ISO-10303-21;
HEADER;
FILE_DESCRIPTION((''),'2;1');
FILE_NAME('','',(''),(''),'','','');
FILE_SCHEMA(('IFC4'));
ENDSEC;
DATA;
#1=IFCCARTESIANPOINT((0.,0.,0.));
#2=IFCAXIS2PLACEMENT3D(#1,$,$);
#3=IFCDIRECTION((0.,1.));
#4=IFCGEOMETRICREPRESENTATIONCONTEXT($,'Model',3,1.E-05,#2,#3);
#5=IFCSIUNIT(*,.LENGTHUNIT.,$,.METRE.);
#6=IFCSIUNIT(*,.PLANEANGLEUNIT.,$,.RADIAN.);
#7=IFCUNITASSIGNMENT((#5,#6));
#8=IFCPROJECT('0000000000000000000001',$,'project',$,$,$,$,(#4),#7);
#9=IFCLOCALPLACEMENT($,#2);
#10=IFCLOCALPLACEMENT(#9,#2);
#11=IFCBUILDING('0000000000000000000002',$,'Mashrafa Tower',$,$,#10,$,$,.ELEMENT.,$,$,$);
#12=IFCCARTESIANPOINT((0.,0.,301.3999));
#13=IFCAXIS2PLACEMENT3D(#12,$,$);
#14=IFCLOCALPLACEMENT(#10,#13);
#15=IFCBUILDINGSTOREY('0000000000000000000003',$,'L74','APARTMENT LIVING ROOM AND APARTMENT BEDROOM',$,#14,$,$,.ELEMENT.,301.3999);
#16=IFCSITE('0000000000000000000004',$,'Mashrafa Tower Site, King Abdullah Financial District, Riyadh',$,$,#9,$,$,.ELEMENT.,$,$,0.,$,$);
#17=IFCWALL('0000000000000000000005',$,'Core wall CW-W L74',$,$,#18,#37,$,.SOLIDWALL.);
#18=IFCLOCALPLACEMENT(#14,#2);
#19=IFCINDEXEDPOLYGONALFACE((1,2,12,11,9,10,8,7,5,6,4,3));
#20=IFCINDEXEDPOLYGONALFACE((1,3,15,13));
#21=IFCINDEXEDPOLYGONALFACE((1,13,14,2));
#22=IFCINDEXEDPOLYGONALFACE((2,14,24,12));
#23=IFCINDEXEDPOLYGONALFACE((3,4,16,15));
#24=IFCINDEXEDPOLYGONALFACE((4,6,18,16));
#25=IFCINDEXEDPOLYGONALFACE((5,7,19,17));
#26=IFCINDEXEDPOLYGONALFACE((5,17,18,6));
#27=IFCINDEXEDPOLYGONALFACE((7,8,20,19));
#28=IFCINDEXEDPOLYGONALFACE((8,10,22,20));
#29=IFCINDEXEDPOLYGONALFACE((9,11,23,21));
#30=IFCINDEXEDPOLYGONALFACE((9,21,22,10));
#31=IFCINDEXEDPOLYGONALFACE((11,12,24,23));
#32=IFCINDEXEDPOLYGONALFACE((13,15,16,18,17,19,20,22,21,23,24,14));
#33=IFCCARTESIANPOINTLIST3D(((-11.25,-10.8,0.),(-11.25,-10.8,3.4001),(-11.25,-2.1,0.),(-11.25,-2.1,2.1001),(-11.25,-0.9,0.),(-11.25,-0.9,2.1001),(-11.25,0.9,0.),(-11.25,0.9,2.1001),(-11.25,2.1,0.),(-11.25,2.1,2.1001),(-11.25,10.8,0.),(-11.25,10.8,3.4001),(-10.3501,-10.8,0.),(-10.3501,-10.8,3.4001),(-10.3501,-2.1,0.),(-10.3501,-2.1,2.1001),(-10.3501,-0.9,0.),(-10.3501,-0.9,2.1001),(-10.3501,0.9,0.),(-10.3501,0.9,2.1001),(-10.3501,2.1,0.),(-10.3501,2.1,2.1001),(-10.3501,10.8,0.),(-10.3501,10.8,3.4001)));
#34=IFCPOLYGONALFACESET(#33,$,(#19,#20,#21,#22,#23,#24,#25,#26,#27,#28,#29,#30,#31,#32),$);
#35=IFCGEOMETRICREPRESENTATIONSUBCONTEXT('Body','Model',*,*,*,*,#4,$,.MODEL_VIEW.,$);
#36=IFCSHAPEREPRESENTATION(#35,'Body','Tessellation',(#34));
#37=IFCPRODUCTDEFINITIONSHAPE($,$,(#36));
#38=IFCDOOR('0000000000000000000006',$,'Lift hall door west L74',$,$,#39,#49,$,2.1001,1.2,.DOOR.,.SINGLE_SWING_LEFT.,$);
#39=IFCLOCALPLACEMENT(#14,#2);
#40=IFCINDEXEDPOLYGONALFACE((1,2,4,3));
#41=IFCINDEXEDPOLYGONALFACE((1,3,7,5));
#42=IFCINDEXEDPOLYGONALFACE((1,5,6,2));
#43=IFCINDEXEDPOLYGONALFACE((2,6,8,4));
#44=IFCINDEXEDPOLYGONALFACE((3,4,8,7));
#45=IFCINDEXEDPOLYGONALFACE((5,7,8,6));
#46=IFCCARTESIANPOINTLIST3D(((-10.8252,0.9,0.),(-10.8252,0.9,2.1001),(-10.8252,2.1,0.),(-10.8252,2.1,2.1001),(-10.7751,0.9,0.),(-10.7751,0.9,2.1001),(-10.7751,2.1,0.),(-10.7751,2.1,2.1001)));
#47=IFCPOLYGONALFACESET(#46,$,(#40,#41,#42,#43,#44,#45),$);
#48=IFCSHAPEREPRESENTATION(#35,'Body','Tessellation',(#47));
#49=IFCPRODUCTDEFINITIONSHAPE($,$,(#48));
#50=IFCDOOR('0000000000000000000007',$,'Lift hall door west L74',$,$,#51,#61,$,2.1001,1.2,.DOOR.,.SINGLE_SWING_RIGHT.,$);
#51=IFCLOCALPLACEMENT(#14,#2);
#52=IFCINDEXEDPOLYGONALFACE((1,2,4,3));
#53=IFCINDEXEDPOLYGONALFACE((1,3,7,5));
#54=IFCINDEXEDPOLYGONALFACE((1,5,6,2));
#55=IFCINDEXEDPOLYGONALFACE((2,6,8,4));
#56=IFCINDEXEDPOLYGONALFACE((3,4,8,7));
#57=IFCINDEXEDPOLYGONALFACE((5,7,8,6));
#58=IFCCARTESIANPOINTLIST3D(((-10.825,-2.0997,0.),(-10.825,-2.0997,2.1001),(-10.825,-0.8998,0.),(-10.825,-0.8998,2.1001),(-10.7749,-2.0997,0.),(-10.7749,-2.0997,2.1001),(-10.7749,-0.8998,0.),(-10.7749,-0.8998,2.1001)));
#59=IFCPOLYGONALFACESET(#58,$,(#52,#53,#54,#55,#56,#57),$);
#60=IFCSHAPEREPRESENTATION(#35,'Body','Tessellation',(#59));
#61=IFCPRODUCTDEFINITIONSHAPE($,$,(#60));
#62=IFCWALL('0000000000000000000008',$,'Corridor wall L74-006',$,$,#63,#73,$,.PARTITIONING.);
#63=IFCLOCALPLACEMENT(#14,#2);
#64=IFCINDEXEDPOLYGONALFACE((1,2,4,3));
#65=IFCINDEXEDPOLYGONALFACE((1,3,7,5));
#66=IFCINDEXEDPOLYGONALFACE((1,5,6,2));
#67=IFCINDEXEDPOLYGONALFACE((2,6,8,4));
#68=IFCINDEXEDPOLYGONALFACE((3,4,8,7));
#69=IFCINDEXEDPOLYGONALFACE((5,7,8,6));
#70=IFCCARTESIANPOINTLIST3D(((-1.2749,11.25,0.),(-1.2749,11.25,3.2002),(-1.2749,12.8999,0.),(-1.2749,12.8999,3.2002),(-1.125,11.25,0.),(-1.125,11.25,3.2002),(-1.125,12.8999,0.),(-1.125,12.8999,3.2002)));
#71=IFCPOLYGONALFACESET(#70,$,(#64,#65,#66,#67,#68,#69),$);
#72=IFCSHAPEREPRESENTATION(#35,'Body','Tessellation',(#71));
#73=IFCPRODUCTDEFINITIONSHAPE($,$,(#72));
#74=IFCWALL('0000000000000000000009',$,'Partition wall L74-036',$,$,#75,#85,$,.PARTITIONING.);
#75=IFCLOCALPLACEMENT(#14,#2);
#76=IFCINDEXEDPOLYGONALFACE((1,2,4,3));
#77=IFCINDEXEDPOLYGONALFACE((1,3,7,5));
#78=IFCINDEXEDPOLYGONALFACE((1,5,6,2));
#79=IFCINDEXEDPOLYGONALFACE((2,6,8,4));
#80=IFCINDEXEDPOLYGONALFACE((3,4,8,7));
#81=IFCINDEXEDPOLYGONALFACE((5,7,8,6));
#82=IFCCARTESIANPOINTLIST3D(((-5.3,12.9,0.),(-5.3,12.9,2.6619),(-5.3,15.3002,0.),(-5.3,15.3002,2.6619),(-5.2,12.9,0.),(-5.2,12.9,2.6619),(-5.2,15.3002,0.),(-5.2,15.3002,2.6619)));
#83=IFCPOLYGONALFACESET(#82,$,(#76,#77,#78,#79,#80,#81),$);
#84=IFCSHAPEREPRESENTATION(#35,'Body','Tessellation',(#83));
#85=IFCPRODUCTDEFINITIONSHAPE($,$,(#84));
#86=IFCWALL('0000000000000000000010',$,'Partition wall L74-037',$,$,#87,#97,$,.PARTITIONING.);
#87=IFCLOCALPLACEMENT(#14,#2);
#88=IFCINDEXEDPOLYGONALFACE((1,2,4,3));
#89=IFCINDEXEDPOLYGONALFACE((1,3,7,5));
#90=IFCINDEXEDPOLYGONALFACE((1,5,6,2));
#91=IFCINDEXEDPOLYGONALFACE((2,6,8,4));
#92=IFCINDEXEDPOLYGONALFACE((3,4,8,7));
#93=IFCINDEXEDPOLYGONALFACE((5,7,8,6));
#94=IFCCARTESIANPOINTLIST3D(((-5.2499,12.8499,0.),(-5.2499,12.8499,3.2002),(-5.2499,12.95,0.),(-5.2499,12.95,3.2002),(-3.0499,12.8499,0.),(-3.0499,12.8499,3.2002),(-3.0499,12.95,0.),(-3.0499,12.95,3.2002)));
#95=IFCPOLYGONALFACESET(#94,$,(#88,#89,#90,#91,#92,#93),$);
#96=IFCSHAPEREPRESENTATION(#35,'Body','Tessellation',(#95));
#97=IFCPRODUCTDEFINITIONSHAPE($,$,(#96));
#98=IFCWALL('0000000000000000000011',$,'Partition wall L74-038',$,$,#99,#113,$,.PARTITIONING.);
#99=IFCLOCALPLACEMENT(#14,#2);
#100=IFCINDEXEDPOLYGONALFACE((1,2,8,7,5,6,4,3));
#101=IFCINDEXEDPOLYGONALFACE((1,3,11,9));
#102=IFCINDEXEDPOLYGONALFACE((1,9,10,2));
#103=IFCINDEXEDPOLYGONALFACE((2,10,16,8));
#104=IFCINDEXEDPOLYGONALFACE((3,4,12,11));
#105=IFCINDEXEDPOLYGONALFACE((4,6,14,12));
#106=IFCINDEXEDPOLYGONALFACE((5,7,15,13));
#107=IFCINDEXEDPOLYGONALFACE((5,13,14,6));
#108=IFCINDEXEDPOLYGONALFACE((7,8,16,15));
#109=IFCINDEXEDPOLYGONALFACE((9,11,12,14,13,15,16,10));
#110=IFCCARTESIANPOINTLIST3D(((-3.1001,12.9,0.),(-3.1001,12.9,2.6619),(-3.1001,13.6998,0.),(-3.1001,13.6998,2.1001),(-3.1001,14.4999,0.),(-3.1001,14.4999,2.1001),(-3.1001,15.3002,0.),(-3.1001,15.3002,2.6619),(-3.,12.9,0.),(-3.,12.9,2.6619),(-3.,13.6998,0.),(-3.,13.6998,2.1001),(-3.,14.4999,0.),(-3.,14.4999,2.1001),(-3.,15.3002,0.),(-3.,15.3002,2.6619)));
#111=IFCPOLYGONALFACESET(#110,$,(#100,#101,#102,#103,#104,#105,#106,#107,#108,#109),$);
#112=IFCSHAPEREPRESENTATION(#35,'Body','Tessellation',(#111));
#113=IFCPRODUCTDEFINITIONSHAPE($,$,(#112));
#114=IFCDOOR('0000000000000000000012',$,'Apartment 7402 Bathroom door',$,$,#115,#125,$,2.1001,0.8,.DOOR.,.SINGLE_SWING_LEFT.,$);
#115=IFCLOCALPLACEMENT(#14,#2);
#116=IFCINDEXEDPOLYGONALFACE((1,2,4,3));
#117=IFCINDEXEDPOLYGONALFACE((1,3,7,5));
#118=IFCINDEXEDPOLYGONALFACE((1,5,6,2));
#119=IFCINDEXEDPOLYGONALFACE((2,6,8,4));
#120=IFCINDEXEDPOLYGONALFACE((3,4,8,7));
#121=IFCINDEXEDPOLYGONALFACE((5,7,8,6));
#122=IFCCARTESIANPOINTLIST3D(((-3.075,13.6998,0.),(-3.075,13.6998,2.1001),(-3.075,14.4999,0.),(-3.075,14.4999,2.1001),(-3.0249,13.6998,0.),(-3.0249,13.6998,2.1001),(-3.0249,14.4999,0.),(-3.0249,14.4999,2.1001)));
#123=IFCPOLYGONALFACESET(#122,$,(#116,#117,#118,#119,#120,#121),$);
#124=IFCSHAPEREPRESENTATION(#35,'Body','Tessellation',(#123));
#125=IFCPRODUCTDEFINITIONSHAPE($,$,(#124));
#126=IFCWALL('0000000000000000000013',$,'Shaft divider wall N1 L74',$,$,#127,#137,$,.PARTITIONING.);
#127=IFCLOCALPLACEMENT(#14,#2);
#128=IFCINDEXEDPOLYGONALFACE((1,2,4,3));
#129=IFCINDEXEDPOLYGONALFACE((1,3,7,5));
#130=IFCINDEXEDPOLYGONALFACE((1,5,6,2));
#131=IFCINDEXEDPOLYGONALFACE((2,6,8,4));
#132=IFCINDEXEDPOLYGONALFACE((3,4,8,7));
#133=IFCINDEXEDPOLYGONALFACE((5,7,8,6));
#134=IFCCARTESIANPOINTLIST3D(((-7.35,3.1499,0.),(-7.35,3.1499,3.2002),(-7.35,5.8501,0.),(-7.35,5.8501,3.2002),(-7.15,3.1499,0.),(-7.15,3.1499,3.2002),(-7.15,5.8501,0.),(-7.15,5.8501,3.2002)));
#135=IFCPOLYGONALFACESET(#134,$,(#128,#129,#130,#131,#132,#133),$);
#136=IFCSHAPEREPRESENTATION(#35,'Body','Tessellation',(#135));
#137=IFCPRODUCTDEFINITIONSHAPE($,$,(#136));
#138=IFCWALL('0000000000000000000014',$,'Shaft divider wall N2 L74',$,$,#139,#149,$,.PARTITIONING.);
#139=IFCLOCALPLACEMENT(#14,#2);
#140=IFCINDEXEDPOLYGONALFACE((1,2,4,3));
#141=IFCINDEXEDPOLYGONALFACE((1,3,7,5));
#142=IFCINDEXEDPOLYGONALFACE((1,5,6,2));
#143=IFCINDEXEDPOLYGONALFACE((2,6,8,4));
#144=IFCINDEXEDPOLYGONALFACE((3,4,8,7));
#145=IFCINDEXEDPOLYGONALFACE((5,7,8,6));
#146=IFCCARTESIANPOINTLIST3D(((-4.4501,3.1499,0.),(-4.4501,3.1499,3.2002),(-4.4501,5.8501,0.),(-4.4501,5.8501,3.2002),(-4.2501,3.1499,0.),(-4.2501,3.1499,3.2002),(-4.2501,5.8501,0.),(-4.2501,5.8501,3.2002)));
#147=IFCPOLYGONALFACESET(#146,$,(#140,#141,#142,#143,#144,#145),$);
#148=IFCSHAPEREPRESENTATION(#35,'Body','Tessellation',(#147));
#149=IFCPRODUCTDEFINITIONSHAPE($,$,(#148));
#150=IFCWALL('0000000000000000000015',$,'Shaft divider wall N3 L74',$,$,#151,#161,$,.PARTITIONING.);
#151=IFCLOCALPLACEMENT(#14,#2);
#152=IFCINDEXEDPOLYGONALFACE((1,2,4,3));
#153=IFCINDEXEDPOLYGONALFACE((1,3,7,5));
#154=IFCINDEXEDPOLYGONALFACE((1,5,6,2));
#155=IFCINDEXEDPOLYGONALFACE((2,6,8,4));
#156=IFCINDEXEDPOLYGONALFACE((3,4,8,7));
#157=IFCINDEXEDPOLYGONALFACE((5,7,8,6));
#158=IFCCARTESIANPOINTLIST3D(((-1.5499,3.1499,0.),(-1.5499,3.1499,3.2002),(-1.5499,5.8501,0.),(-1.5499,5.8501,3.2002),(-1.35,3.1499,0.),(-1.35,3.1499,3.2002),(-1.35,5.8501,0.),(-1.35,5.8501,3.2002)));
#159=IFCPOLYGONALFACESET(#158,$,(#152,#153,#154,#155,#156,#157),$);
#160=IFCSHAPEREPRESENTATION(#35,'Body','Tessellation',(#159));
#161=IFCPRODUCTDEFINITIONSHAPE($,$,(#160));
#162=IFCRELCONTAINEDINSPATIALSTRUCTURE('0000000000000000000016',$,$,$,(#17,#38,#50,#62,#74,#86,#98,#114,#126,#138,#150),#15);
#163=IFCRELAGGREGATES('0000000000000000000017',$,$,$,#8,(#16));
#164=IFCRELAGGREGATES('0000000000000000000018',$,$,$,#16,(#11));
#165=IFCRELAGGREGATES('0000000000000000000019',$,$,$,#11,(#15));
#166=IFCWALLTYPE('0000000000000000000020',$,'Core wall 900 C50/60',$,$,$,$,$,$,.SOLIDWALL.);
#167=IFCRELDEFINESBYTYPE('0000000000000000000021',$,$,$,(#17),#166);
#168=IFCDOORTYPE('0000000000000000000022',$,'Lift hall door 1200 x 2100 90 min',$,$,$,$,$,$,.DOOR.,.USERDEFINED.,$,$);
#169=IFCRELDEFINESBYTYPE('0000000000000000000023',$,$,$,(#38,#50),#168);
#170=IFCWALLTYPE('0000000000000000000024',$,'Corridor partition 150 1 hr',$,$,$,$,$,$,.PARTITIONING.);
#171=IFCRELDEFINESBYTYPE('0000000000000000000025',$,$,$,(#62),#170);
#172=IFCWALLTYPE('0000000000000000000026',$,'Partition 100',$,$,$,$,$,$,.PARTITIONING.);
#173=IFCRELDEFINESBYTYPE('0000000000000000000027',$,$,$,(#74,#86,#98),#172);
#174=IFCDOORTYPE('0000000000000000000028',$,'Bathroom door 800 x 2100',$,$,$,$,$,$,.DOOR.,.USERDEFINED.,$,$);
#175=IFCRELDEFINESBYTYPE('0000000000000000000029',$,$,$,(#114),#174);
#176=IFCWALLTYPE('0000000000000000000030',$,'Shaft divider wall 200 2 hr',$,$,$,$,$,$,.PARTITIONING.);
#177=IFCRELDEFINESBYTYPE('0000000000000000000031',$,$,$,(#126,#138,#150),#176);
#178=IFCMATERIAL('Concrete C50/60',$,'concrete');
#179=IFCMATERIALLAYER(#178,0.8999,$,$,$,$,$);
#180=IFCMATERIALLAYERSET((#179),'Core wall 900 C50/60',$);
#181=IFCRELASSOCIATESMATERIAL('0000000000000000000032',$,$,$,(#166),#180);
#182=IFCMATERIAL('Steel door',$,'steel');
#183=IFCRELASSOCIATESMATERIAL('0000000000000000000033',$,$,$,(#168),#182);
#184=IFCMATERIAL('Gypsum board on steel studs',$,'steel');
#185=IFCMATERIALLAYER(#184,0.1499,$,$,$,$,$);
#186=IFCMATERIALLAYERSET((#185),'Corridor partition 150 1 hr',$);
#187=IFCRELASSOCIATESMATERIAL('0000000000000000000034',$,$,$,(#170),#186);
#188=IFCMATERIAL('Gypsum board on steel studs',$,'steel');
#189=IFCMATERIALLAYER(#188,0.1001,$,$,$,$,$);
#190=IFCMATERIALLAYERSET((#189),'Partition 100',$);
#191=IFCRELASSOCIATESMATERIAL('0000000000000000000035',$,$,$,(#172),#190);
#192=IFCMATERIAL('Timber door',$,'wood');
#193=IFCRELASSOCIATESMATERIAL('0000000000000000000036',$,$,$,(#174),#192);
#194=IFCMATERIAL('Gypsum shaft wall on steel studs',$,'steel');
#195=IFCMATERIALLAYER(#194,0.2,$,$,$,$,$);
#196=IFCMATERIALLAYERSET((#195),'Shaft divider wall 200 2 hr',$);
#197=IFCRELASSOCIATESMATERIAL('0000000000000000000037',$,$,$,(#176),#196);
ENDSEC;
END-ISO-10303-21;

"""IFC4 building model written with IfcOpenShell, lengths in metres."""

from ifc_helpers import new_model, si_unit, direction, frame, frame_2d, origin, place, context, subcontext, project, spatial, rectangle, extrude, material, layer, layer_set, type_object, element, fill, save


model = new_model("IFC4")

# Units and contexts
model_context = context("Model", 3, precision=1e-05, world=origin(), true_north=direction((0.0, 1.0)))
body_context = subcontext(model_context, "Body", "Model", "MODEL_VIEW")
ifc_project = project(units=[si_unit("LENGTHUNIT", "METRE"), si_unit("PLANEANGLEUNIT", "RADIAN")], contexts=[model_context])

# Site, building, storey
site_placement = place(None, origin())
site = spatial("IfcSite", under=ifc_project, at=site_placement, Name="Mashrafa Tower Site, King Abdullah Financial District, Riyadh", CompositionType="ELEMENT", RefElevation=0.0)
building_placement = place(site_placement, origin())
building = spatial("IfcBuilding", under=site, at=building_placement, Name="Mashrafa Tower", CompositionType="ELEMENT")
storey_placement = place(building_placement, frame((0.0, 0.0, 301.3999)))
storey = spatial("IfcBuildingStorey", under=building, at=storey_placement, Name="L74", Description="APARTMENT LIVING ROOM AND APARTMENT BEDROOM", CompositionType="ELEMENT", Elevation=301.3999)

# Wall, openings, doors
ifc_material_1 = material(Name="Concrete C50/60", Category="concrete")
ifc_layer_1 = layer(ifc_material_1, 0.8999)
ifc_layer_set_1 = layer_set([ifc_layer_1], Name="Core wall 900 C50/60")
wall_type_1 = type_object("IfcWallType", Name="Core wall 900 C50/60", PredefinedType="SOLIDWALL", material=ifc_layer_set_1)
wall_1_placement = place(storey_placement, frame((-10.8, 10.8, 0.0), z_axis=(0.0, 0.0, 1.0), x_axis=(0.0, -1.0, 0.0)))
wall_1 = element("IfcWall", 1, at=wall_1_placement, inside=storey, type_object=wall_type_1, Name="Core wall CW-W L74", PredefinedType="SOLIDWALL", context=body_context, shape_type="SweptSolid", body=[
    extrude(rectangle(XDim=21.6001, YDim=0.8999, at=frame_2d((10.8, 0.0))), origin(), (0.0, 0.0, 1.0), 3.4001),
])
opening_1_placement = place(wall_1_placement, frame((8.7, 0.0, 0.0)))
opening_1 = element("IfcOpeningElement", 2, at=opening_1_placement, cuts=wall_1, PredefinedType="OPENING", context=body_context, shape_type="SweptSolid", body=[
    extrude(rectangle(XDim=1.2, YDim=2.1001, at=frame_2d((0.6001, 1.05))), frame((0.0, 0.46, 0.0), z_axis=(0.0, -1.0, 0.0), x_axis=(1.0, 0.0, 0.0)), (0.0, 0.0, 1.0), 0.9199),
])
opening_2_placement = place(wall_1_placement, frame((11.7, 0.0, 0.0)))
opening_2 = element("IfcOpeningElement", 3, at=opening_2_placement, cuts=wall_1, PredefinedType="OPENING", context=body_context, shape_type="SweptSolid", body=[
    extrude(rectangle(XDim=1.2, YDim=2.1001, at=frame_2d((0.6001, 1.05))), frame((0.0, 0.46, 0.0), z_axis=(0.0, -1.0, 0.0), x_axis=(1.0, 0.0, 0.0)), (0.0, 0.0, 1.0), 0.9199),
])
ifc_material_2 = material(Name="Steel door", Category="steel")
door_type_1 = type_object("IfcDoorType", Name="Lift hall door 1200 x 2100 90 min", OperationType="USERDEFINED", PredefinedType="DOOR", material=ifc_material_2)
door_1_placement = place(opening_1_placement, origin())
door_1 = element("IfcDoor", 4, at=door_1_placement, inside=storey, type_object=door_type_1, Name="Lift hall door west L74", OperationType="SINGLE_SWING_LEFT", OverallHeight=2.1001, OverallWidth=1.2, PredefinedType="DOOR", context=body_context, shape_type="SweptSolid", body=[
    extrude(rectangle(XDim=1.2, YDim=2.1001, at=frame_2d((0.6001, 1.05))), frame((0.0, 0.0249, 0.0), z_axis=(0.0, -1.0, 0.0), x_axis=(1.0, 0.0, 0.0)), (0.0, 0.0, 1.0), 0.05),
])
fill(opening_1, door_1)
door_2_placement = place(opening_2_placement, frame((1.2, 0.0, 0.0), z_axis=(0.0, 0.0, 1.0), x_axis=(-1.0, 0.0, 0.0)))
door_2 = element("IfcDoor", 5, at=door_2_placement, inside=storey, type_object=door_type_1, Name="Lift hall door west L74", OperationType="SINGLE_SWING_RIGHT", OverallHeight=2.1001, OverallWidth=1.2, PredefinedType="DOOR", context=body_context, shape_type="SweptSolid", body=[
    extrude(rectangle(XDim=1.2, YDim=2.1001, at=frame_2d((0.6001, 1.05))), frame((0.0, 0.0249, 0.0), z_axis=(0.0, -1.0, 0.0), x_axis=(1.0, 0.0, 0.0)), (0.0, 0.0, 1.0), 0.05),
])
fill(opening_2, door_2)

# Walls
ifc_material_3 = material(Name="Gypsum board on steel studs", Category="steel")
ifc_layer_2 = layer(ifc_material_3, 0.1499)
ifc_layer_set_2 = layer_set([ifc_layer_2], Name="Corridor partition 150 1 hr")
wall_type_2 = type_object("IfcWallType", Name="Corridor partition 150 1 hr", PredefinedType="PARTITIONING", material=ifc_layer_set_2)
wall_2_placement = place(storey_placement, frame((-1.2, 12.8999, 0.0), z_axis=(0.0, 0.0, 1.0), x_axis=(0.0, -1.0, 0.0)))
element("IfcWall", 6, at=wall_2_placement, inside=storey, type_object=wall_type_2, Name="Corridor wall L74-006", PredefinedType="PARTITIONING", context=body_context, shape_type="SweptSolid", body=[
    extrude(rectangle(XDim=1.6499, YDim=0.1499, at=frame_2d((0.825, 0.0))), origin(), (0.0, 0.0, 1.0), 3.2002),
])
ifc_material_4 = material(Name="Gypsum board on steel studs", Category="steel")
ifc_layer_3 = layer(ifc_material_4, 0.1001)
ifc_layer_set_3 = layer_set([ifc_layer_3], Name="Partition 100")
wall_type_3 = type_object("IfcWallType", Name="Partition 100", PredefinedType="PARTITIONING", material=ifc_layer_set_3)
wall_3_placement = place(storey_placement, frame((-5.25, 12.8999, 0.0), z_axis=(0.0, 0.0, 1.0), x_axis=(0.0, 1.0, 0.0)))
element("IfcWall", 7, at=wall_3_placement, inside=storey, type_object=wall_type_3, Name="Partition wall L74-036", PredefinedType="PARTITIONING", context=body_context, shape_type="SweptSolid", body=[
    extrude(rectangle(XDim=2.4001, YDim=0.1001, at=frame_2d((1.2002, 0.0))), origin(), (0.0, 0.0, 1.0), 2.6619),
])
wall_4_placement = place(storey_placement, frame((-5.25, 12.8999, 0.0), z_axis=(0.0, 0.0, 1.0), x_axis=(1.0, 0.0, 0.0)))
element("IfcWall", 8, at=wall_4_placement, inside=storey, type_object=wall_type_3, Name="Partition wall L74-037", PredefinedType="PARTITIONING", context=body_context, shape_type="SweptSolid", body=[
    extrude(rectangle(XDim=2.2, YDim=0.1001, at=frame_2d((1.1001, 0.0))), origin(), (0.0, 0.0, 1.0), 3.2002),
])

# Wall, opening, door
wall_5_placement = place(storey_placement, frame((-3.05, 12.8999, 0.0), z_axis=(0.0, 0.0, 1.0), x_axis=(0.0, 1.0, 0.0)))
wall_5 = element("IfcWall", 9, at=wall_5_placement, inside=storey, type_object=wall_type_3, Name="Partition wall L74-038", PredefinedType="PARTITIONING", context=body_context, shape_type="SweptSolid", body=[
    extrude(rectangle(XDim=2.4001, YDim=0.1001, at=frame_2d((1.2002, 0.0))), origin(), (0.0, 0.0, 1.0), 2.6619),
])
opening_3_placement = place(wall_5_placement, frame((0.8, 0.0, 0.0)))
opening_3 = element("IfcOpeningElement", 10, at=opening_3_placement, cuts=wall_5, PredefinedType="OPENING", context=body_context, shape_type="SweptSolid", body=[
    extrude(rectangle(XDim=0.8, YDim=2.1001, at=frame_2d((0.3999, 1.05))), frame((0.0, 0.0601, 0.0), z_axis=(0.0, -1.0, 0.0), x_axis=(1.0, 0.0, 0.0)), (0.0, 0.0, 1.0), 0.1201),
])
ifc_material_5 = material(Name="Timber door", Category="wood")
door_type_2 = type_object("IfcDoorType", Name="Bathroom door 800 x 2100", OperationType="USERDEFINED", PredefinedType="DOOR", material=ifc_material_5)
door_3_placement = place(opening_3_placement, origin())
door_3 = element("IfcDoor", 11, at=door_3_placement, inside=storey, type_object=door_type_2, Name="Apartment 7402 Bathroom door", OperationType="SINGLE_SWING_LEFT", OverallHeight=2.1001, OverallWidth=0.8, PredefinedType="DOOR", context=body_context, shape_type="SweptSolid", body=[
    extrude(rectangle(XDim=0.8, YDim=2.1001, at=frame_2d((0.3999, 1.05))), frame((0.0, 0.0249, 0.0), z_axis=(0.0, -1.0, 0.0), x_axis=(1.0, 0.0, 0.0)), (0.0, 0.0, 1.0), 0.05),
])
fill(opening_3, door_3)

# Walls
ifc_material_6 = material(Name="Gypsum shaft wall on steel studs", Category="steel")
ifc_layer_4 = layer(ifc_material_6, 0.2)
ifc_layer_set_4 = layer_set([ifc_layer_4], Name="Shaft divider wall 200 2 hr")
wall_type_4 = type_object("IfcWallType", Name="Shaft divider wall 200 2 hr", PredefinedType="PARTITIONING", material=ifc_layer_set_4)
for number, where, z_axis, x_axis, name in (
    (12, (-7.25, 3.1499, 0.0), (0.0, 0.0, 1.0), (0.0, 1.0, 0.0), "Shaft divider wall N1 L74"),
    (13, (-4.3501, 3.1499, 0.0), (0.0, 0.0, 1.0), (0.0, 1.0, 0.0), "Shaft divider wall N2 L74"),
    (14, (-1.45, 3.1499, 0.0), (0.0, 0.0, 1.0), (0.0, 1.0, 0.0), "Shaft divider wall N3 L74"),
):
    element("IfcWall", number, at=place(storey_placement, frame(where, z_axis=z_axis, x_axis=x_axis)), inside=storey, type_object=wall_type_4, Name=name, PredefinedType="PARTITIONING", context=body_context, shape_type="SweptSolid", body=[
        extrude(rectangle(XDim=2.7002, YDim=0.2, at=frame_2d((1.3501, 0.0))), origin(), (0.0, 0.0, 1.0), 3.2002),
    ])

save(model, "model.ifc")
